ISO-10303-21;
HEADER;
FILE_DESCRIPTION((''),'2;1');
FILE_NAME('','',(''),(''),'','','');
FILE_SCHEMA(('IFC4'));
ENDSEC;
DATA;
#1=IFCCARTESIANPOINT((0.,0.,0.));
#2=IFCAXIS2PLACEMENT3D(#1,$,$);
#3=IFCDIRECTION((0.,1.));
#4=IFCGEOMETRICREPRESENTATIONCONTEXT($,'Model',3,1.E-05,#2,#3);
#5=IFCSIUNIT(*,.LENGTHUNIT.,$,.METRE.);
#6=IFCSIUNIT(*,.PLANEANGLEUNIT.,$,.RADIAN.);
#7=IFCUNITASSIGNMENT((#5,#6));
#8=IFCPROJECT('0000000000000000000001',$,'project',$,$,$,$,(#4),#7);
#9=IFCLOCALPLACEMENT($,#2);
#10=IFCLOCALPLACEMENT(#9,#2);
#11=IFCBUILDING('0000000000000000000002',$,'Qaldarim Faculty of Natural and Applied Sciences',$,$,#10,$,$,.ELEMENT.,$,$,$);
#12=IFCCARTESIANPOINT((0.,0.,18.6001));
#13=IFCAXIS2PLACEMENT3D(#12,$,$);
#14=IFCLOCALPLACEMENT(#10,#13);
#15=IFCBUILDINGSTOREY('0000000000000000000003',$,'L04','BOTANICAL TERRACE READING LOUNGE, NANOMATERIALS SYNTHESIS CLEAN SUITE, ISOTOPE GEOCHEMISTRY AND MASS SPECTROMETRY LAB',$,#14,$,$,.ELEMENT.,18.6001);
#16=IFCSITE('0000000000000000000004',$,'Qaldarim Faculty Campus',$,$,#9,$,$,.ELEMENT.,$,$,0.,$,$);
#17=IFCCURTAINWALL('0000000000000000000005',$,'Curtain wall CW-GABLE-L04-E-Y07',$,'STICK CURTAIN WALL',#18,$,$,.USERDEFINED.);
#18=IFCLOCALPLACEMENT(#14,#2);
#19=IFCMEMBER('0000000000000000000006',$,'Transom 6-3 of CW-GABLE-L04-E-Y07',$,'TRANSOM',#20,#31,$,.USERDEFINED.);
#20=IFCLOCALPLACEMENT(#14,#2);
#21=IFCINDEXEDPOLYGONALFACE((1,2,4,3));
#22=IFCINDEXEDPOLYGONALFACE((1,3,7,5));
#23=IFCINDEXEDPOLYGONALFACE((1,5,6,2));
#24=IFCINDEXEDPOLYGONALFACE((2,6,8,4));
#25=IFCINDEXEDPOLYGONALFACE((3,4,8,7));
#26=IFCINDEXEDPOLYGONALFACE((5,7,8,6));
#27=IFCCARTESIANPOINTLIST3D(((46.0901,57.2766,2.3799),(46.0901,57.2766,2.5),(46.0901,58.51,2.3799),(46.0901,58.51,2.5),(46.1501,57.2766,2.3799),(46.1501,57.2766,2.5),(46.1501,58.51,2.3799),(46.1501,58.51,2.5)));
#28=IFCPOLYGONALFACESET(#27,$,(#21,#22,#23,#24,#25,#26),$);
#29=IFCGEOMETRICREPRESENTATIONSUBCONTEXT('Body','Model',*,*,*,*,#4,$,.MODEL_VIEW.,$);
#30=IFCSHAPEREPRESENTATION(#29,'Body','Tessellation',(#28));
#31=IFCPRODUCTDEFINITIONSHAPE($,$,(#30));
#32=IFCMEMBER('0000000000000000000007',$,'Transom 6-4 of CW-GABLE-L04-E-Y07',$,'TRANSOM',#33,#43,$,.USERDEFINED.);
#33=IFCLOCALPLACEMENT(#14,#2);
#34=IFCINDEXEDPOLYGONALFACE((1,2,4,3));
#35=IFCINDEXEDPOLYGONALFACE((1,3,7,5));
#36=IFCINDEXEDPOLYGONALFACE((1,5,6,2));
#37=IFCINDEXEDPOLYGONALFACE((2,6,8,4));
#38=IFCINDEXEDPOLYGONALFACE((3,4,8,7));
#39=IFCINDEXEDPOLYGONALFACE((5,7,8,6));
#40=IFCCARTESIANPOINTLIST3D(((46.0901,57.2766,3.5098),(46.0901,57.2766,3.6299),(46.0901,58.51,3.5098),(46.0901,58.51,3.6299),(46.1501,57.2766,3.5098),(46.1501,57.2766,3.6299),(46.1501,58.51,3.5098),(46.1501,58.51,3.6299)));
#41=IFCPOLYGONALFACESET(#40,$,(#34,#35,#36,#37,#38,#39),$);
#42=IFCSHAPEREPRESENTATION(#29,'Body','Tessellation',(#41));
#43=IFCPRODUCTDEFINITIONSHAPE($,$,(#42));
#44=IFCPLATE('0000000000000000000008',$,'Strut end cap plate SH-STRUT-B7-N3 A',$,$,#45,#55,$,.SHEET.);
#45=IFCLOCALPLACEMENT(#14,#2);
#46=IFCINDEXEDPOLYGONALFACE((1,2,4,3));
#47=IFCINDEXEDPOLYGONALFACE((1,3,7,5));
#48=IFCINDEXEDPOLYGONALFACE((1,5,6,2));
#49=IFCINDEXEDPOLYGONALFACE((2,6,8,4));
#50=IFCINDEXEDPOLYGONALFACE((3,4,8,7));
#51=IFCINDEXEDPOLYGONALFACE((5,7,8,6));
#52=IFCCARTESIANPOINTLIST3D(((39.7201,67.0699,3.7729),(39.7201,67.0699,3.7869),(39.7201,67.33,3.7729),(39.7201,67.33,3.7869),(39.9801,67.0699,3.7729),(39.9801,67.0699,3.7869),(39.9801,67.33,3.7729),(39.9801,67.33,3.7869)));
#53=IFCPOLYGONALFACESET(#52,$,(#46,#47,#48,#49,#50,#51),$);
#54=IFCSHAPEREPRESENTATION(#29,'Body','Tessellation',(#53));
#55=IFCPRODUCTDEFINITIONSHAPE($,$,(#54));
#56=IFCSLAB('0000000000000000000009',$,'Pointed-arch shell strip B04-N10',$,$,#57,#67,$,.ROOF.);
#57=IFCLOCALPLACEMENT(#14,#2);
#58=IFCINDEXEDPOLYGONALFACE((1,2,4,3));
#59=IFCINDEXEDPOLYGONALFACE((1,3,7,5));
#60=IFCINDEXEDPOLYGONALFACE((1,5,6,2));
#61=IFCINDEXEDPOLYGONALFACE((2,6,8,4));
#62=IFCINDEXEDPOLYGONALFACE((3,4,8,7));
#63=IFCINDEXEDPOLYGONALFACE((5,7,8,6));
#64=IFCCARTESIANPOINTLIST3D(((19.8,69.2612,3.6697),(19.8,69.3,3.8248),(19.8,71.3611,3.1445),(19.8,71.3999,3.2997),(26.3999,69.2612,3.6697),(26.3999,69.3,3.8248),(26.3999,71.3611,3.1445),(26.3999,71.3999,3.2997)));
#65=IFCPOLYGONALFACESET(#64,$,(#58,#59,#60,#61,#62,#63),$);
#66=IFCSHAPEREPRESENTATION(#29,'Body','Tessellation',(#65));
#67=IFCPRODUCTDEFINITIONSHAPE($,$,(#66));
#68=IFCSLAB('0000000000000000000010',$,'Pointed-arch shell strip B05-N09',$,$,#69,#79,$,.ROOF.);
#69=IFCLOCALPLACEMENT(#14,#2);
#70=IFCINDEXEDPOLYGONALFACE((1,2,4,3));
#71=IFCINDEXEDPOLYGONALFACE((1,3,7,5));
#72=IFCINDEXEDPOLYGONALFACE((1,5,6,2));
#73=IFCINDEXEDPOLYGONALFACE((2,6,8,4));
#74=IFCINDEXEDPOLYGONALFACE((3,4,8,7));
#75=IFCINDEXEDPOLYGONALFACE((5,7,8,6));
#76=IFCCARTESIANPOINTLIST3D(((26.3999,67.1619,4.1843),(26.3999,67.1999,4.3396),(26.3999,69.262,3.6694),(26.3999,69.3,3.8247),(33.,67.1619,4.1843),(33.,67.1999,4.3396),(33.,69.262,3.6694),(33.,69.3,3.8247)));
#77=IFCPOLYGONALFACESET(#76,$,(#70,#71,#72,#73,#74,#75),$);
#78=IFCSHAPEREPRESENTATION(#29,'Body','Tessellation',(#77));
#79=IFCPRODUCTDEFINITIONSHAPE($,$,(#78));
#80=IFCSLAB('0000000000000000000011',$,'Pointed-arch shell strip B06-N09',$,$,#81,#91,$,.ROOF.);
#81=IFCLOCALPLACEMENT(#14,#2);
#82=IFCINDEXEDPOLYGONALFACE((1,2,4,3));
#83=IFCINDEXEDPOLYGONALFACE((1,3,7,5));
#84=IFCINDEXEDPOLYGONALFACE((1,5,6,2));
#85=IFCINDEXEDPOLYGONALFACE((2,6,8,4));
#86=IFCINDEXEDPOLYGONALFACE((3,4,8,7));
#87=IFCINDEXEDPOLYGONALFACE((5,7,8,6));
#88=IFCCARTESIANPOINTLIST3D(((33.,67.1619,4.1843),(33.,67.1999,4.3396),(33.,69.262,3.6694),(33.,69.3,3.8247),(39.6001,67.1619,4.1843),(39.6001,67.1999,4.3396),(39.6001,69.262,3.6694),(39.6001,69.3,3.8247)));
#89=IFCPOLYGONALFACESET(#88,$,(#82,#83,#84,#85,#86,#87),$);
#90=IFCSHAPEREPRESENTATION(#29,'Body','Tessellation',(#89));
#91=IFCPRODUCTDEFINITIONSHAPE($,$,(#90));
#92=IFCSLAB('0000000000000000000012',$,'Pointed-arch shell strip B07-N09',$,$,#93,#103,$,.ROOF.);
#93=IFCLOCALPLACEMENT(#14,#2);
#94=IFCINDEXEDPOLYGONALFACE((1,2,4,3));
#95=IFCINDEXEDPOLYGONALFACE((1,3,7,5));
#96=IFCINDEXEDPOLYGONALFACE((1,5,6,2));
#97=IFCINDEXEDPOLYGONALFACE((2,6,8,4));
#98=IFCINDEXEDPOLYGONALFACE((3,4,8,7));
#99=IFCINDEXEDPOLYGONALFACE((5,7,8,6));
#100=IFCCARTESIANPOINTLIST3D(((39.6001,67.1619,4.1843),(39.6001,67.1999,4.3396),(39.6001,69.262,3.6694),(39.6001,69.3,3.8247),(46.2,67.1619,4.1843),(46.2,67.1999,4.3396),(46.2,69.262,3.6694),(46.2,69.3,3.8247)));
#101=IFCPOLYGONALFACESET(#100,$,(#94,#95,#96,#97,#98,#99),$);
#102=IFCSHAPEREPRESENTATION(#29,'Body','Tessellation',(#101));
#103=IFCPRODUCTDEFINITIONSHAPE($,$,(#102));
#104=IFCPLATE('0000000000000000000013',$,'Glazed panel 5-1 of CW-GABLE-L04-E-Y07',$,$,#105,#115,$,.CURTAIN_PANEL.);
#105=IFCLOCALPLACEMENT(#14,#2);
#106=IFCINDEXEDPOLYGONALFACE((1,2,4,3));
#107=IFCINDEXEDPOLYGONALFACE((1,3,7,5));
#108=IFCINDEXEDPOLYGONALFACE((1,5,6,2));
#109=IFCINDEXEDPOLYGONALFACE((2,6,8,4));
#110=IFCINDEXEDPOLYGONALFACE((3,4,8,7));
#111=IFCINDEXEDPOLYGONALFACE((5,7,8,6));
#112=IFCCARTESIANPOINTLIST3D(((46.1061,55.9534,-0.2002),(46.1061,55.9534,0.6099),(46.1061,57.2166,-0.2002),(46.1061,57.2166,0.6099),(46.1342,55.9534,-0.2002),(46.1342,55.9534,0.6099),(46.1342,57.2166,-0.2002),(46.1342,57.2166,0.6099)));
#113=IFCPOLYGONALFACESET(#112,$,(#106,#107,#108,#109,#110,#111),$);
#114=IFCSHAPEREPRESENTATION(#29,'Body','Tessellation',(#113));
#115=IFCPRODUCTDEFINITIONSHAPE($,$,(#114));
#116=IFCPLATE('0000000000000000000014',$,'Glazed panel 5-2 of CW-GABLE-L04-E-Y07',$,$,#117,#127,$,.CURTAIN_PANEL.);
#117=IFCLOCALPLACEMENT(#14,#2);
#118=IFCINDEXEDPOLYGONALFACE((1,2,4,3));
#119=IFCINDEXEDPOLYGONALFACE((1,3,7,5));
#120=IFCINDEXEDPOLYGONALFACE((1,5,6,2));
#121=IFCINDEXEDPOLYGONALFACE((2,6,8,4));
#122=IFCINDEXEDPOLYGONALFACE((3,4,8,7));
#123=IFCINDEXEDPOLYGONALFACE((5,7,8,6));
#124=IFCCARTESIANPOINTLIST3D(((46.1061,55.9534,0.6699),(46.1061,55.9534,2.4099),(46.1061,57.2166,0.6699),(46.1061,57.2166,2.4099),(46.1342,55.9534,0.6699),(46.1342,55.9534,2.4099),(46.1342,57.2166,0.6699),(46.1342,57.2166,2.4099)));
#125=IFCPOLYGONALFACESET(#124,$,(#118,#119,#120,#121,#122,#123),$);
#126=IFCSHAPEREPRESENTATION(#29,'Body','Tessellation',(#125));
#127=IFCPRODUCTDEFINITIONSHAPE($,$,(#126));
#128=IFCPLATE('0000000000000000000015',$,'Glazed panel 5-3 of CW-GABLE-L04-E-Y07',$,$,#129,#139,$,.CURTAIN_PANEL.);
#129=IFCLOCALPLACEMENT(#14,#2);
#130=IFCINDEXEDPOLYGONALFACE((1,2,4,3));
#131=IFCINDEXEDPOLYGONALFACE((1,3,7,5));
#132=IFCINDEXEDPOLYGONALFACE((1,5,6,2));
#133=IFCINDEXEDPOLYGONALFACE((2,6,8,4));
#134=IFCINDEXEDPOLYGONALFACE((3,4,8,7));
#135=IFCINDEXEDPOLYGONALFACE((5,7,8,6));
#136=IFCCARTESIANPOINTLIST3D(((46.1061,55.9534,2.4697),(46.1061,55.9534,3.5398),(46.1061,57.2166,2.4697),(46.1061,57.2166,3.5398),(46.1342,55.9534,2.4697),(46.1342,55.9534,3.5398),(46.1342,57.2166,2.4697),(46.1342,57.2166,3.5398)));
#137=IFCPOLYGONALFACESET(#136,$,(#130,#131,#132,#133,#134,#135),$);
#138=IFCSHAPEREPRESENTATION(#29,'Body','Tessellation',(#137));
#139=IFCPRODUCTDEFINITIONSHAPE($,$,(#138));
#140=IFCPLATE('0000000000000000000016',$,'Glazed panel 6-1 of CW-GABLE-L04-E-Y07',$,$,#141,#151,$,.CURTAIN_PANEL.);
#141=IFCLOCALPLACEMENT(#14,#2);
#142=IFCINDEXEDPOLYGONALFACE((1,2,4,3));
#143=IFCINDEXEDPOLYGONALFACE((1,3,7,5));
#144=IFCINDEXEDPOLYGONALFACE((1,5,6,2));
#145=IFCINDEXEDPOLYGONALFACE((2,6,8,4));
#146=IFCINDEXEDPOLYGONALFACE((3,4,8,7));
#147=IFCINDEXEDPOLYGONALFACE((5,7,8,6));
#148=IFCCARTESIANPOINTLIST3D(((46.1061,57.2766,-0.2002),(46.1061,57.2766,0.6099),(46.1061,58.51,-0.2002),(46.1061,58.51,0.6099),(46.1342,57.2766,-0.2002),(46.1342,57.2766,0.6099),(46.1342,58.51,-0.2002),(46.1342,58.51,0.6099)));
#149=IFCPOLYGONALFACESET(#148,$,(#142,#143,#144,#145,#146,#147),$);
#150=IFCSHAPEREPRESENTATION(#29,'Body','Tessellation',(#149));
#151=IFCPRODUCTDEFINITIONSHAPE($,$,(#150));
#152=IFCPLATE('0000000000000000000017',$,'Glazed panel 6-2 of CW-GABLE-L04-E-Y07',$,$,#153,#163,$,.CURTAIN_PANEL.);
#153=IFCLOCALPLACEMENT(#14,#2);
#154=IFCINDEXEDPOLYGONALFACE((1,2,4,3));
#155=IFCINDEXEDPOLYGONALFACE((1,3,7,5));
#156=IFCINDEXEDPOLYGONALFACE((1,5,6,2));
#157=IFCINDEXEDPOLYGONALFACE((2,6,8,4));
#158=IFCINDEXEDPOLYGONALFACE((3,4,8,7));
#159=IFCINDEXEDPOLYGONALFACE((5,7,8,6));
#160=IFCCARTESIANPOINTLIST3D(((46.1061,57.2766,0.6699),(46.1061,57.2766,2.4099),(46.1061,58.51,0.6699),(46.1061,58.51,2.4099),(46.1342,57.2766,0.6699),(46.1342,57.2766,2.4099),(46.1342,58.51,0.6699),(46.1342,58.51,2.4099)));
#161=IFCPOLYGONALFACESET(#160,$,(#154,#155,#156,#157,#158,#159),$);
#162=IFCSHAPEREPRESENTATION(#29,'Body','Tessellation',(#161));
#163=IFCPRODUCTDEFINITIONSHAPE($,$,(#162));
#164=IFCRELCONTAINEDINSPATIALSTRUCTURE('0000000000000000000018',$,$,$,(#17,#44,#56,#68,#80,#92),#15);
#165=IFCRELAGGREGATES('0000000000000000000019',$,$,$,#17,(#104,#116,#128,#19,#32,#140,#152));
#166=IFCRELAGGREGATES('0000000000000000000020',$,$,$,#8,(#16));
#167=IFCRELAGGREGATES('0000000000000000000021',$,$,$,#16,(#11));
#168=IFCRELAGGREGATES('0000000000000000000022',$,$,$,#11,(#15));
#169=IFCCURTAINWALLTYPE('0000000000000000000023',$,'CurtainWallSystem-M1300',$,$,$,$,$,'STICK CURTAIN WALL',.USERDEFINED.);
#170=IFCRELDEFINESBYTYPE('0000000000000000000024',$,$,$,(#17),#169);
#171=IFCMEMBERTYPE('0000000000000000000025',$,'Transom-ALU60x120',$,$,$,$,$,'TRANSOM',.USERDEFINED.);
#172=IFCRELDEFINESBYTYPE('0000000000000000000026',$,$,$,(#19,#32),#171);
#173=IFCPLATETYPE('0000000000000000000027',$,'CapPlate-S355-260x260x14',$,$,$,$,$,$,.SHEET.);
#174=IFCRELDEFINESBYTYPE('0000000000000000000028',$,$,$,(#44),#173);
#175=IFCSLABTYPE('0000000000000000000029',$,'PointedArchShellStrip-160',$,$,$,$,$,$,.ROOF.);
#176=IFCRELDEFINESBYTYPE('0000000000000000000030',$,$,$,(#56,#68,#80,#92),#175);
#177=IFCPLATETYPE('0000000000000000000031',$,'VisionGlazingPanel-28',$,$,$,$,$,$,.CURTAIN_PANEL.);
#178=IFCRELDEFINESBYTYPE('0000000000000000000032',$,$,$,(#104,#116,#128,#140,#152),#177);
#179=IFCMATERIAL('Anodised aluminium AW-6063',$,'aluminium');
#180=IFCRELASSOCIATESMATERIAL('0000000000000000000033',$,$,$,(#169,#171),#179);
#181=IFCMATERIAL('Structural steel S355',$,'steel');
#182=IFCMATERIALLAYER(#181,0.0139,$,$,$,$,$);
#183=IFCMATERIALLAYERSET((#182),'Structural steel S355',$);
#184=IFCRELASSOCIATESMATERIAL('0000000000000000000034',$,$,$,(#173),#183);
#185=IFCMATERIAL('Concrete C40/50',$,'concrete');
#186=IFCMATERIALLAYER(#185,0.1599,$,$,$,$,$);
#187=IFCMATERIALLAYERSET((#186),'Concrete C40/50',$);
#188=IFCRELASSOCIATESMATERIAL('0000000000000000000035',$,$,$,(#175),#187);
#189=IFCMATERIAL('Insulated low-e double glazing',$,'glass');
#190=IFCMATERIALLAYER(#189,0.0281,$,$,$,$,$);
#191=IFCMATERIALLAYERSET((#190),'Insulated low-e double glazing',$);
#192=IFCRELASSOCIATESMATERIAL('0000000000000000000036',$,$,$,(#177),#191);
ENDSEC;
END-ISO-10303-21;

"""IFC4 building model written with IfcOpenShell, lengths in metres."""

from ifc_helpers import new_model, si_unit, direction, frame, origin, origin_2d, place, context, subcontext, project, spatial, polyline, rectangle, outline, extrude, material, layer, layer_set, material_profile, profile_set, type_object, element, aggregate, save


model = new_model("IFC4")

# Units and contexts
model_context = context("Model", 3, precision=1e-05, world=origin(), true_north=direction((0.0, 1.0)))
body_context = subcontext(model_context, "Body", "Model", "MODEL_VIEW")
ifc_project = project(units=[si_unit("LENGTHUNIT", "METRE"), si_unit("PLANEANGLEUNIT", "RADIAN")], contexts=[model_context])

# Site, building, storey
site_placement = place(None, origin())
site = spatial("IfcSite", under=ifc_project, at=site_placement, Name="Qaldarim Faculty Campus", CompositionType="ELEMENT", RefElevation=0.0)
building_placement = place(site_placement, origin())
building = spatial("IfcBuilding", under=site, at=building_placement, Name="Qaldarim Faculty of Natural and Applied Sciences", CompositionType="ELEMENT")
storey_placement = place(building_placement, frame((0.0, 0.0, 18.6001)))
storey = spatial("IfcBuildingStorey", under=building, at=storey_placement, Name="L04", Description="BOTANICAL TERRACE READING LOUNGE, NANOMATERIALS SYNTHESIS CLEAN SUITE, ISOTOPE GEOCHEMISTRY AND MASS SPECTROMETRY LAB", CompositionType="ELEMENT", Elevation=18.6001)

# Curtain wall
ifc_material_1 = material(Name="Anodised aluminium AW-6063", Category="aluminium")
curtain_wall_type = type_object("IfcCurtainWallType", Name="CurtainWallSystem-M1300", ElementType="STICK CURTAIN WALL", PredefinedType="USERDEFINED", material=ifc_material_1)
curtain_wall_placement = place(storey_placement, origin())
curtain_wall = element("IfcCurtainWall", 1, at=curtain_wall_placement, inside=storey, type_object=curtain_wall_type, Name="Curtain wall CW-GABLE-L04-E-Y07", ObjectType="STICK CURTAIN WALL", PredefinedType="USERDEFINED")

# Members
ifc_material_2 = material(Name="Structural steel S355", Category="steel")
ifc_material_profile_1 = material_profile(ifc_material_1, rectangle(XDim=0.0601, YDim=0.1201, at=origin_2d()), Name="ALU-T60x120")
ifc_profile_set_1 = profile_set([ifc_material_profile_1], Name="Anodised aluminium AW-6063")
member_type_1 = type_object("IfcMemberType", Name="Transom-ALU60x120", ElementType="TRANSOM", PredefinedType="USERDEFINED", material=ifc_profile_set_1)
member_1_placement = place(storey_placement, frame((46.1201, 57.2766, 2.4399), z_axis=(0.0, 1.0, 0.0), x_axis=(-1.0, 0.0, 0.0)))
member_1 = element("IfcMember", 2, at=member_1_placement, type_object=member_type_1, Name="Transom 6-3 of CW-GABLE-L04-E-Y07", ObjectType="TRANSOM", PredefinedType="USERDEFINED", context=body_context, shape_type="SweptSolid", body=[
    extrude(rectangle(XDim=0.0601, YDim=0.1201, at=origin_2d()), origin(), (0.0, 0.0, 1.0), 1.2334),
])
member_2_placement = place(storey_placement, frame((46.1201, 57.2766, 3.5698), z_axis=(0.0, 1.0, 0.0), x_axis=(-1.0, 0.0, 0.0)))
member_2 = element("IfcMember", 3, at=member_2_placement, type_object=member_type_1, Name="Transom 6-4 of CW-GABLE-L04-E-Y07", ObjectType="TRANSOM", PredefinedType="USERDEFINED", context=body_context, shape_type="SweptSolid", body=[
    extrude(rectangle(XDim=0.0601, YDim=0.1201, at=origin_2d()), origin(), (0.0, 0.0, 1.0), 1.2334),
])

# Plate
ifc_layer_1 = layer(ifc_material_2, 0.0139)
ifc_layer_set_1 = layer_set([ifc_layer_1], Name="Structural steel S355")
plate_type_1 = type_object("IfcPlateType", Name="CapPlate-S355-260x260x14", PredefinedType="SHEET", material=ifc_layer_set_1)
plate_1_placement = place(storey_placement, frame((39.8501, 67.2, 3.7729), z_axis=(0.0, 0.0, 1.0), x_axis=(1.0, 0.0, 0.0)))
element("IfcPlate", 4, at=plate_1_placement, inside=storey, type_object=plate_type_1, Name="Strut end cap plate SH-STRUT-B7-N3 A", PredefinedType="SHEET", context=body_context, shape_type="SweptSolid", body=[
    extrude(rectangle(XDim=0.26, YDim=0.26, at=origin_2d()), origin(), (0.0, 0.0, 1.0), 0.0139),
])

# Slabs
ifc_material_3 = material(Name="Concrete C40/50", Category="concrete")
ifc_layer_2 = layer(ifc_material_3, 0.1599)
ifc_layer_set_2 = layer_set([ifc_layer_2], Name="Concrete C40/50")
slab_type = type_object("IfcSlabType", Name="PointedArchShellStrip-160", PredefinedType="ROOF", material=ifc_layer_set_2)
slab_1_placement = place(storey_placement, frame((19.8, 69.2612, 3.6697), z_axis=(0.0, 0.242615, 0.970123), x_axis=(1.0, 0.0, 0.0)))
element("IfcSlab", 5, at=slab_1_placement, inside=storey, type_object=slab_type, Name="Pointed-arch shell strip B04-N10", PredefinedType="ROOF", context=body_context, shape_type="SweptSolid", body=[
    extrude(outline(polyline([(0.0, 0.0), (6.5999, 0.0), (6.5999, 2.1645), (0.0, 2.1645), (0.0, 0.0)])), origin(), (0.0, 0.0, 1.0), 0.1599),
])
for number, where, z_axis, x_axis, name in (
    (6, (26.3999, 67.1619, 4.1843), (0.0, 0.238123, 0.971235), (1.0, 0.0, 0.0), "Pointed-arch shell strip B05-N09"),
    (7, (33.0, 67.1619, 4.1843), (0.0, 0.238123, 0.971235), (1.0, 0.0, 0.0), "Pointed-arch shell strip B06-N09"),
):
    element("IfcSlab", number, at=place(storey_placement, frame(where, z_axis=z_axis, x_axis=x_axis)), inside=storey, type_object=slab_type, Name=name, PredefinedType="ROOF", context=body_context, shape_type="SweptSolid", body=[
        extrude(outline(polyline([(0.0, 0.0), (6.6001, 0.0), (6.6001, 2.1623), (0.0, 2.1623), (0.0, 0.0)])), origin(), (0.0, 0.0, 1.0), 0.1599),
    ])
slab_2_placement = place(storey_placement, frame((39.6001, 67.1619, 4.1843), z_axis=(0.0, 0.238123, 0.971235), x_axis=(1.0, 0.0, 0.0)))
element("IfcSlab", 8, at=slab_2_placement, inside=storey, type_object=slab_type, Name="Pointed-arch shell strip B07-N09", PredefinedType="ROOF", context=body_context, shape_type="SweptSolid", body=[
    extrude(outline(polyline([(0.0, 0.0), (6.5999, 0.0), (6.5999, 2.1623), (0.0, 2.1623), (0.0, 0.0)])), origin(), (0.0, 0.0, 1.0), 0.1599),
])

# Plates
ifc_material_4 = material(Name="Insulated low-e double glazing", Category="glass")
ifc_layer_3 = layer(ifc_material_4, 0.0281)
ifc_layer_set_3 = layer_set([ifc_layer_3], Name="Insulated low-e double glazing")
plate_type_2 = type_object("IfcPlateType", Name="VisionGlazingPanel-28", PredefinedType="CURTAIN_PANEL", material=ifc_layer_set_3)
plate_2_placement = place(storey_placement, frame((46.1201, 56.585, -0.2002), z_axis=(0.0, 0.0, 1.0), x_axis=(0.0, 1.0, 0.0)))
plate_2 = element("IfcPlate", 9, at=plate_2_placement, type_object=plate_type_2, Name="Glazed panel 5-1 of CW-GABLE-L04-E-Y07", PredefinedType="CURTAIN_PANEL", context=body_context, shape_type="SweptSolid", body=[
    extrude(rectangle(XDim=1.2632, YDim=0.0281, at=origin_2d()), origin(), (0.0, 0.0, 1.0), 0.8101),
])
plate_3_placement = place(storey_placement, frame((46.1201, 56.585, 0.6699), z_axis=(0.0, 0.0, 1.0), x_axis=(0.0, 1.0, 0.0)))
plate_3 = element("IfcPlate", 10, at=plate_3_placement, type_object=plate_type_2, Name="Glazed panel 5-2 of CW-GABLE-L04-E-Y07", PredefinedType="CURTAIN_PANEL", context=body_context, shape_type="SweptSolid", body=[
    extrude(rectangle(XDim=1.2632, YDim=0.0281, at=origin_2d()), origin(), (0.0, 0.0, 1.0), 1.74),
])
plate_4_placement = place(storey_placement, frame((46.1201, 56.585, 2.4697), z_axis=(0.0, 0.0, 1.0), x_axis=(0.0, 1.0, 0.0)))
plate_4 = element("IfcPlate", 11, at=plate_4_placement, type_object=plate_type_2, Name="Glazed panel 5-3 of CW-GABLE-L04-E-Y07", PredefinedType="CURTAIN_PANEL", context=body_context, shape_type="SweptSolid", body=[
    extrude(rectangle(XDim=1.2632, YDim=0.0281, at=origin_2d()), origin(), (0.0, 0.0, 1.0), 1.0701),
])
plate_5_placement = place(storey_placement, frame((46.1201, 57.8933, -0.2002), z_axis=(0.0, 0.0, 1.0), x_axis=(0.0, 1.0, 0.0)))
plate_5 = element("IfcPlate", 12, at=plate_5_placement, type_object=plate_type_2, Name="Glazed panel 6-1 of CW-GABLE-L04-E-Y07", PredefinedType="CURTAIN_PANEL", context=body_context, shape_type="SweptSolid", body=[
    extrude(rectangle(XDim=1.2334, YDim=0.0281, at=origin_2d()), origin(), (0.0, 0.0, 1.0), 0.8101),
])
plate_6_placement = place(storey_placement, frame((46.1201, 57.8933, 0.6699), z_axis=(0.0, 0.0, 1.0), x_axis=(0.0, 1.0, 0.0)))
plate_6 = element("IfcPlate", 13, at=plate_6_placement, type_object=plate_type_2, Name="Glazed panel 6-2 of CW-GABLE-L04-E-Y07", PredefinedType="CURTAIN_PANEL", context=body_context, shape_type="SweptSolid", body=[
    extrude(rectangle(XDim=1.2334, YDim=0.0281, at=origin_2d()), origin(), (0.0, 0.0, 1.0), 1.74),
])
aggregate(curtain_wall, [plate_2, plate_3, plate_4, member_1, member_2, plate_5, plate_6])

save(model, "model.ifc")
